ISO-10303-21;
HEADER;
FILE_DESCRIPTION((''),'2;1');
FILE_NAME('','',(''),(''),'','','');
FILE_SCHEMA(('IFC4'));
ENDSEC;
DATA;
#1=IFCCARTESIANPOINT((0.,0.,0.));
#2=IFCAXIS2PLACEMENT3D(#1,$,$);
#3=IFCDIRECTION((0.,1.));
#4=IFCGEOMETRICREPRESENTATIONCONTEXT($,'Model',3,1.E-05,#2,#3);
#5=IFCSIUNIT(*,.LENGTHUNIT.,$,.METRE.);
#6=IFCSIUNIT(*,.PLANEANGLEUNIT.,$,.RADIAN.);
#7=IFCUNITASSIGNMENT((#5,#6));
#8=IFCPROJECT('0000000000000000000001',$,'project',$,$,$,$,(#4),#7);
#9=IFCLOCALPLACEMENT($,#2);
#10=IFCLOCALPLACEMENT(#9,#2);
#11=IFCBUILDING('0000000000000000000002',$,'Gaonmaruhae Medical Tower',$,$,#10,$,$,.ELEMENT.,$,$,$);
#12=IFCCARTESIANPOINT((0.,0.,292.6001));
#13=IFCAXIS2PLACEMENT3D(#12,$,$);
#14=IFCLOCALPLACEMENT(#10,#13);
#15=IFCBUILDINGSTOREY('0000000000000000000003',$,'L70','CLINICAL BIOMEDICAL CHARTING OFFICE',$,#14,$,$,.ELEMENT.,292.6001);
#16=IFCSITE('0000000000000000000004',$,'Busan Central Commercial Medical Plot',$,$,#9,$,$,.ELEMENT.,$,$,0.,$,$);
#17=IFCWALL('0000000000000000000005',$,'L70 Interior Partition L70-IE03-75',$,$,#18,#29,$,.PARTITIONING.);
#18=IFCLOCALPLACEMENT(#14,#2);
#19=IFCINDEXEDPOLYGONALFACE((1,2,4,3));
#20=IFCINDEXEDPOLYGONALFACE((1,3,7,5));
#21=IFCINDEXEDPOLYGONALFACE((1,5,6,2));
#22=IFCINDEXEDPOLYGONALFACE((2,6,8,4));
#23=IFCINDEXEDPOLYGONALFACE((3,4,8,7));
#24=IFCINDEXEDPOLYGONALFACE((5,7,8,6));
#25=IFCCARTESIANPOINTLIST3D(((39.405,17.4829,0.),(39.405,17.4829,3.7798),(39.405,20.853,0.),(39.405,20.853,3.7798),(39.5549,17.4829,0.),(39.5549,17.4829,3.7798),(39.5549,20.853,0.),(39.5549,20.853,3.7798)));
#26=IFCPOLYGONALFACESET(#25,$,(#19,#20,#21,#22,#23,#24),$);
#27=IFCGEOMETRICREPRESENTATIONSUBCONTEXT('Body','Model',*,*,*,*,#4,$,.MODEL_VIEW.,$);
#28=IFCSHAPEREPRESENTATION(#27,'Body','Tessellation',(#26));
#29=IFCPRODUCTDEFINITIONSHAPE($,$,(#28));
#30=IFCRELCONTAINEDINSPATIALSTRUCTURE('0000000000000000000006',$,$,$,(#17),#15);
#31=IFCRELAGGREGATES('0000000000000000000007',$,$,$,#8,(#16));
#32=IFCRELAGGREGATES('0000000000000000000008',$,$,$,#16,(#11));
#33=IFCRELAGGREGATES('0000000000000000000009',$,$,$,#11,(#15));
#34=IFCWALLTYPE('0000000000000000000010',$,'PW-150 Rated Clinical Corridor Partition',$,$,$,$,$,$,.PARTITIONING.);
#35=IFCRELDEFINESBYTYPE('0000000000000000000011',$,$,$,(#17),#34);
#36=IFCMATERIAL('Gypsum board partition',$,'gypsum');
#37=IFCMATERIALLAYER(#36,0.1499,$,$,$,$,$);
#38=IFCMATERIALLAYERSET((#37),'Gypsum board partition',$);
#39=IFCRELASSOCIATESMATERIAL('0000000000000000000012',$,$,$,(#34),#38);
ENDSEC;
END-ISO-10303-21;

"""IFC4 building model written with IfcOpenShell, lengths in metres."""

from ifc_helpers import new_model, si_unit, direction, frame, frame_2d, origin, place, context, subcontext, project, spatial, rectangle, extrude, material, layer, layer_set, type_object, element, save


model = new_model("IFC4")

# Units and contexts
model_context = context("Model", 3, precision=1e-05, world=origin(), true_north=direction((0.0, 1.0)))
body_context = subcontext(model_context, "Body", "Model", "MODEL_VIEW")
ifc_project = project(units=[si_unit("LENGTHUNIT", "METRE"), si_unit("PLANEANGLEUNIT", "RADIAN")], contexts=[model_context])

# Site, building, storey
site_placement = place(None, origin())
site = spatial("IfcSite", under=ifc_project, at=site_placement, Name="Busan Central Commercial Medical Plot", CompositionType="ELEMENT", RefElevation=0.0)
building_placement = place(site_placement, origin())
building = spatial("IfcBuilding", under=site, at=building_placement, Name="Gaonmaruhae Medical Tower", CompositionType="ELEMENT")
storey_placement = place(building_placement, frame((0.0, 0.0, 292.6001)))
storey = spatial("IfcBuildingStorey", under=building, at=storey_placement, Name="L70", Description="CLINICAL BIOMEDICAL CHARTING OFFICE", CompositionType="ELEMENT", Elevation=292.6001)

# Shared definitions
ifc_material_1 = material(Name="Gypsum board partition", Category="gypsum")
ifc_layer_1 = layer(ifc_material_1, 0.1499)
ifc_layer_set_1 = layer_set([ifc_layer_1], Name="Gypsum board partition")
wall_type_1 = type_object("IfcWallType", Name="PW-150 Rated Clinical Corridor Partition", PredefinedType="PARTITIONING", material=ifc_layer_set_1)

# Wall
wall_1_placement = place(storey_placement, frame((39.48, 17.4829, 0.0), z_axis=(0.0, 0.0, 1.0), x_axis=(0.0, 1.0, 0.0)))
element("IfcWall", 1, at=wall_1_placement, inside=storey, type_object=wall_type_1, Name="L70 Interior Partition L70-IE03-75", PredefinedType="PARTITIONING", context=body_context, shape_type="SweptSolid", body=[
    extrude(rectangle(XDim=3.3701, YDim=0.1499, at=frame_2d((1.6851, 0.0))), origin(), (0.0, 0.0, 1.0), 3.7798),
])

save(model, "model.ifc")
